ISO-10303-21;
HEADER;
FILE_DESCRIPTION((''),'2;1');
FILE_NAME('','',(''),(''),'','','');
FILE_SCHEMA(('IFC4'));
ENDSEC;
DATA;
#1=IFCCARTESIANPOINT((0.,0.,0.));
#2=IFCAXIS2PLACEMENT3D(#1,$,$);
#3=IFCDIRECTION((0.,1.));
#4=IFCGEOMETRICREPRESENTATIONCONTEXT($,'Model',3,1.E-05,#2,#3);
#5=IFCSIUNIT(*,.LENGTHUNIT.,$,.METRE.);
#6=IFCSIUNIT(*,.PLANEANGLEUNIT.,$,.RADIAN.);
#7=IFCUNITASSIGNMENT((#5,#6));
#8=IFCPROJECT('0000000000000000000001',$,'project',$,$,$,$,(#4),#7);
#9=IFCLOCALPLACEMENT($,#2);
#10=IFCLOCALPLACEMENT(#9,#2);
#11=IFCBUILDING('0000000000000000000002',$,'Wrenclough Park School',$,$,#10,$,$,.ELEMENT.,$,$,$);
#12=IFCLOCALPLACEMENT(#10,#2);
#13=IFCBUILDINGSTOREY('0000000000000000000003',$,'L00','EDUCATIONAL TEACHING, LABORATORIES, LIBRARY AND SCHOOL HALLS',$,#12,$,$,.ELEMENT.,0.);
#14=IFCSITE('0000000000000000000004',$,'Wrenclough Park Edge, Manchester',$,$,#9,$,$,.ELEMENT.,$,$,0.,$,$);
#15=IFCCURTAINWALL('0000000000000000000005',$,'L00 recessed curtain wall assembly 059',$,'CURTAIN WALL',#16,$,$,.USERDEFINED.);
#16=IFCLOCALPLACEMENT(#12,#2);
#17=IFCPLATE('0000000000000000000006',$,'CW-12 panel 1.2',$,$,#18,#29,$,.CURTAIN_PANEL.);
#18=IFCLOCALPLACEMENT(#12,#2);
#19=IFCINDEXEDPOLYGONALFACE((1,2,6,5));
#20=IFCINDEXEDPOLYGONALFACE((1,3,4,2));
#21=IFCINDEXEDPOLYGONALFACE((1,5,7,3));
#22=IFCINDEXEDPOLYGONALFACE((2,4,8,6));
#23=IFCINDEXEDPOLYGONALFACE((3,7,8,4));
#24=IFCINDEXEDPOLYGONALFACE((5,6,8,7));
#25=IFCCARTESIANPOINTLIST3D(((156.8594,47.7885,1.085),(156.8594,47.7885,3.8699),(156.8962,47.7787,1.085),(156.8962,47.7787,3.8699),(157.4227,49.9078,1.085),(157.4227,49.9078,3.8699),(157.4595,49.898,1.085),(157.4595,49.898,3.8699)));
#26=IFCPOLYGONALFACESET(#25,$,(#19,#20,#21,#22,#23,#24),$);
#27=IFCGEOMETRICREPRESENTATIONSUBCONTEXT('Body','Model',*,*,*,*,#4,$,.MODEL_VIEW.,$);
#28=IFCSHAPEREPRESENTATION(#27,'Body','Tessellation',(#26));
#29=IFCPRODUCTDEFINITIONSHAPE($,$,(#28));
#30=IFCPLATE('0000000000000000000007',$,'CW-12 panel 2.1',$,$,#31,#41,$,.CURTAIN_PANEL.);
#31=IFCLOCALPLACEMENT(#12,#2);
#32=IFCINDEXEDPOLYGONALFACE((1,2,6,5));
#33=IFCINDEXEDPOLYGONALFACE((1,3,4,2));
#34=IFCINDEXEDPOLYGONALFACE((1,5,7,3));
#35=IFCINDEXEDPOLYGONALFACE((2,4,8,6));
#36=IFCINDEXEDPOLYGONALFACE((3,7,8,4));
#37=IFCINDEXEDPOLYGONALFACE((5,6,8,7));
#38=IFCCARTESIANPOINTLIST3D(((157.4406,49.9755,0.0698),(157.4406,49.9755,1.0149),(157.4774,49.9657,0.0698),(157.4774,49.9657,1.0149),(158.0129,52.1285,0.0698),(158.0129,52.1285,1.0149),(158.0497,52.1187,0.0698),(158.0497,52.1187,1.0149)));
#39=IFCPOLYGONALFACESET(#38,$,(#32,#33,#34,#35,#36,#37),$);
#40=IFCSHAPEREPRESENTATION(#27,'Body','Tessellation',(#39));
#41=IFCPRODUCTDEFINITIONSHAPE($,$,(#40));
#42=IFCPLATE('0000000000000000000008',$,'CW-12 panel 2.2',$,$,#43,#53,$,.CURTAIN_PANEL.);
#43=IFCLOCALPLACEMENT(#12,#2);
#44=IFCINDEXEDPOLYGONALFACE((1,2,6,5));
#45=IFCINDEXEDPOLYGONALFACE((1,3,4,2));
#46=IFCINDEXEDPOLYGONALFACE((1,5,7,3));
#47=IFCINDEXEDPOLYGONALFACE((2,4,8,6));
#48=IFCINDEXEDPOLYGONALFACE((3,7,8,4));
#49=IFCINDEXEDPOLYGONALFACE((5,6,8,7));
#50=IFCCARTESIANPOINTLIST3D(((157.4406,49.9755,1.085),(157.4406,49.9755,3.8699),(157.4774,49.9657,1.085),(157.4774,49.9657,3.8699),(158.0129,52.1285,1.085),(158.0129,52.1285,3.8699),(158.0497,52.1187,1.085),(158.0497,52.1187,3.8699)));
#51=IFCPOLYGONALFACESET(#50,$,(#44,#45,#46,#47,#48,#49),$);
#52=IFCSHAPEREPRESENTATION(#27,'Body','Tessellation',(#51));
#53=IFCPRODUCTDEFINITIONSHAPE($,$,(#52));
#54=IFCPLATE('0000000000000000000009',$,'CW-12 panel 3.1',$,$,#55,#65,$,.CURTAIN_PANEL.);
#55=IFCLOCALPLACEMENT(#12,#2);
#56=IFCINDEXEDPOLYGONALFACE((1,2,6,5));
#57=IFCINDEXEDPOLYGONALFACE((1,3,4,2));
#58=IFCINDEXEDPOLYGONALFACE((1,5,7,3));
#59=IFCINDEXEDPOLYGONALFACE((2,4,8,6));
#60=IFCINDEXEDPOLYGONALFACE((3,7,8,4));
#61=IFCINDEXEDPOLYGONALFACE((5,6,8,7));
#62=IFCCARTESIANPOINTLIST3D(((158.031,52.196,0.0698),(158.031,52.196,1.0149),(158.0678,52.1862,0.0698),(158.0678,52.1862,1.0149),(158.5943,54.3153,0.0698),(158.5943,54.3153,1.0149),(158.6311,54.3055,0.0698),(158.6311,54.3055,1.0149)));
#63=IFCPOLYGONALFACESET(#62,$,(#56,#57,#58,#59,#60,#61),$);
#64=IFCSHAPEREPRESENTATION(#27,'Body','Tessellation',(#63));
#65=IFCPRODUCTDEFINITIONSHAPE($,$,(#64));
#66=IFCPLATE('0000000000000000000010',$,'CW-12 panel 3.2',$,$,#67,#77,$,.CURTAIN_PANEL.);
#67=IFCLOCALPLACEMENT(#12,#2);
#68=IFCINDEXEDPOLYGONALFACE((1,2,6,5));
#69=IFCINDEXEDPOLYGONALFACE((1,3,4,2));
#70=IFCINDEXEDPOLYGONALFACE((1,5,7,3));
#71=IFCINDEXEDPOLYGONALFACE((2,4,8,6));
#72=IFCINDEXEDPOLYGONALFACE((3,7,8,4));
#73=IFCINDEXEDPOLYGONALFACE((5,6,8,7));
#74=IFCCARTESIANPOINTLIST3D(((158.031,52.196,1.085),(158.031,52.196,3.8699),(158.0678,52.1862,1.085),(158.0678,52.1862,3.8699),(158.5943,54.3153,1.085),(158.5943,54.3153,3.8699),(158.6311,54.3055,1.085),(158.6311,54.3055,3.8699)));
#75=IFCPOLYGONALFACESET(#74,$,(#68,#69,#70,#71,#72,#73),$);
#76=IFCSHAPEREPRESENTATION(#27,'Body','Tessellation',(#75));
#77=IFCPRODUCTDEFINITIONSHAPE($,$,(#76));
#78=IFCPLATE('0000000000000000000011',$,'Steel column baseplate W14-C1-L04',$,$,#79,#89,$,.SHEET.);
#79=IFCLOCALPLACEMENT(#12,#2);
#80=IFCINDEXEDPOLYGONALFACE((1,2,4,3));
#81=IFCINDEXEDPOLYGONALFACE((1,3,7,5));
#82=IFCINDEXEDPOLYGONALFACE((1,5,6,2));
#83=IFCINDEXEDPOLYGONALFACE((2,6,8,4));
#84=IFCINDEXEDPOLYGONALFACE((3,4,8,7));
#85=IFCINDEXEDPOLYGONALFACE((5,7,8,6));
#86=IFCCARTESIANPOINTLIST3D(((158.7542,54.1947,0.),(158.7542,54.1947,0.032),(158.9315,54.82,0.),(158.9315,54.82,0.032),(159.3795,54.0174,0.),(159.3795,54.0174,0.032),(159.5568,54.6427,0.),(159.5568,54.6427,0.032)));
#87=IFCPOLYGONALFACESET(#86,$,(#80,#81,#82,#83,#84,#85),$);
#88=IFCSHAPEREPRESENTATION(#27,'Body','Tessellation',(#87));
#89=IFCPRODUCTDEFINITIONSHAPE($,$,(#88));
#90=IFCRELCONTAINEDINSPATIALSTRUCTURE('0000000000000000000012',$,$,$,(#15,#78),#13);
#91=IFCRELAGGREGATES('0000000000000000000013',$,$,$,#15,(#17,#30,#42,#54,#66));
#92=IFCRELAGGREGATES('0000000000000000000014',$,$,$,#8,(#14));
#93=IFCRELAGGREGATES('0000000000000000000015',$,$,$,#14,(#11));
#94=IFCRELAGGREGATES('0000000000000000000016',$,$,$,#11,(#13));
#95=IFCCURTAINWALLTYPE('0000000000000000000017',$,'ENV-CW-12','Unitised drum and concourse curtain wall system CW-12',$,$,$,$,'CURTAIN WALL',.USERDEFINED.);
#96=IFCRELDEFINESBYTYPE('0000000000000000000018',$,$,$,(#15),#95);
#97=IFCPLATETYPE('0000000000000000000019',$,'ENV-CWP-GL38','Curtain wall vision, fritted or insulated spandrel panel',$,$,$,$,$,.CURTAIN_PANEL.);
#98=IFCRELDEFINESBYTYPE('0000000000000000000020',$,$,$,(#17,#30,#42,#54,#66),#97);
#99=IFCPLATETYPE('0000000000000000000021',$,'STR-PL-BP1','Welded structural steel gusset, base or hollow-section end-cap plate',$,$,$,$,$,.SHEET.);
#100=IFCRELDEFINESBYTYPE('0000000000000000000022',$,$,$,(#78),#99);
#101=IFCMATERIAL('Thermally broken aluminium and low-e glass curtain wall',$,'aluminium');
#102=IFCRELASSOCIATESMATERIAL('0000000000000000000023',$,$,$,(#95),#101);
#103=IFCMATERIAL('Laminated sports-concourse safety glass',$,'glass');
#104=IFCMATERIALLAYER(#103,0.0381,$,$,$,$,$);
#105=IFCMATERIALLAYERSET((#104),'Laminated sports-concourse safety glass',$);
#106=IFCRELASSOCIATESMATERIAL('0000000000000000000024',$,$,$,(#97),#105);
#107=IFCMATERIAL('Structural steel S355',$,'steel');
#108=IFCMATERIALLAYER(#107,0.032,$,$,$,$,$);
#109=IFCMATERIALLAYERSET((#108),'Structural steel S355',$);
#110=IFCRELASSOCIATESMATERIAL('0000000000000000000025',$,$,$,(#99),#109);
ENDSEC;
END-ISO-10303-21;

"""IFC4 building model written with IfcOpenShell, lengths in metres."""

from ifc_helpers import new_model, si_unit, direction, frame, origin, origin_2d, place, context, subcontext, project, spatial, rectangle, extrude, material, layer, layer_set, type_object, element, aggregate, save


model = new_model("IFC4")

# Units and contexts
model_context = context("Model", 3, precision=1e-05, world=origin(), true_north=direction((0.0, 1.0)))
body_context = subcontext(model_context, "Body", "Model", "MODEL_VIEW")
ifc_project = project(units=[si_unit("LENGTHUNIT", "METRE"), si_unit("PLANEANGLEUNIT", "RADIAN")], contexts=[model_context])

# Site, building, storey
site_placement = place(None, origin())
site = spatial("IfcSite", under=ifc_project, at=site_placement, Name="Wrenclough Park Edge, Manchester", CompositionType="ELEMENT", RefElevation=0.0)
building_placement = place(site_placement, origin())
building = spatial("IfcBuilding", under=site, at=building_placement, Name="Wrenclough Park School", CompositionType="ELEMENT")
storey_placement = place(building_placement, origin())
storey = spatial("IfcBuildingStorey", under=building, at=storey_placement, Name="L00", Description="EDUCATIONAL TEACHING, LABORATORIES, LIBRARY AND SCHOOL HALLS", CompositionType="ELEMENT", Elevation=0.0)

# Shared definitions
ifc_material_1 = material(Name="Structural steel S355", Category="steel")

# Shared definitions
ifc_material_2 = material(Name="Thermally broken aluminium and low-e glass curtain wall", Category="aluminium")

# Curtain wall
curtain_wall_type_1 = type_object("IfcCurtainWallType", Name="ENV-CW-12", Description="Unitised drum and concourse curtain wall system CW-12", ElementType="CURTAIN WALL", PredefinedType="USERDEFINED", material=ifc_material_2)
curtain_wall_1_placement = place(storey_placement, origin())
curtain_wall_1 = element("IfcCurtainWall", 1, at=curtain_wall_1_placement, inside=storey, type_object=curtain_wall_type_1, Name="L00 recessed curtain wall assembly 059", ObjectType="CURTAIN WALL", PredefinedType="USERDEFINED")

# Plates
ifc_material_3 = material(Name="Laminated sports-concourse safety glass", Category="glass")
ifc_layer_1 = layer(ifc_material_3, 0.0381)
ifc_layer_set_1 = layer_set([ifc_layer_1], Name="Laminated sports-concourse safety glass")
plate_type_1 = type_object("IfcPlateType", Name="ENV-CWP-GL38", Description="Curtain wall vision, fritted or insulated spandrel panel", PredefinedType="CURTAIN_PANEL", material=ifc_layer_set_1)
plate_1_placement = place(storey_placement, frame((157.1594, 48.8433, 1.085), z_axis=(0.0, 0.0, 1.0), x_axis=(0.256896, 0.966439, 0.0)))
plate_1 = element("IfcPlate", 2, at=plate_1_placement, type_object=plate_type_1, Name="CW-12 panel 1.2", PredefinedType="CURTAIN_PANEL", context=body_context, shape_type="SweptSolid", body=[
    extrude(rectangle(XDim=2.1929, YDim=0.0381, at=origin_2d()), origin(), (0.0, 0.0, 1.0), 2.7849),
])
plate_2_placement = place(storey_placement, frame((157.7451, 51.0471, 0.0698), z_axis=(0.0, 0.0, 1.0), x_axis=(0.256896, 0.966439, 0.0)))
plate_2 = element("IfcPlate", 3, at=plate_2_placement, type_object=plate_type_1, Name="CW-12 panel 2.1", PredefinedType="CURTAIN_PANEL", context=body_context, shape_type="SweptSolid", body=[
    extrude(rectangle(XDim=2.2278, YDim=0.0381, at=origin_2d()), origin(), (0.0, 0.0, 1.0), 0.9451),
])
plate_3_placement = place(storey_placement, frame((157.7451, 51.0471, 1.085), z_axis=(0.0, 0.0, 1.0), x_axis=(0.256896, 0.966439, 0.0)))
plate_3 = element("IfcPlate", 4, at=plate_3_placement, type_object=plate_type_1, Name="CW-12 panel 2.2", PredefinedType="CURTAIN_PANEL", context=body_context, shape_type="SweptSolid", body=[
    extrude(rectangle(XDim=2.2278, YDim=0.0381, at=origin_2d()), origin(), (0.0, 0.0, 1.0), 2.7849),
])
plate_4_placement = place(storey_placement, frame((158.3311, 53.2507, 0.0698), z_axis=(0.0, 0.0, 1.0), x_axis=(0.256896, 0.966439, 0.0)))
plate_4 = element("IfcPlate", 5, at=plate_4_placement, type_object=plate_type_1, Name="CW-12 panel 3.1", PredefinedType="CURTAIN_PANEL", context=body_context, shape_type="SweptSolid", body=[
    extrude(rectangle(XDim=2.1929, YDim=0.0381, at=origin_2d()), origin(), (0.0, 0.0, 1.0), 0.9451),
])
plate_5_placement = place(storey_placement, frame((158.3311, 53.2507, 1.085), z_axis=(0.0, 0.0, 1.0), x_axis=(0.256896, 0.966439, 0.0)))
plate_5 = element("IfcPlate", 6, at=plate_5_placement, type_object=plate_type_1, Name="CW-12 panel 3.2", PredefinedType="CURTAIN_PANEL", context=body_context, shape_type="SweptSolid", body=[
    extrude(rectangle(XDim=2.1929, YDim=0.0381, at=origin_2d()), origin(), (0.0, 0.0, 1.0), 2.7849),
])
aggregate(curtain_wall_1, [plate_1, plate_2, plate_3, plate_4, plate_5])
ifc_layer_2 = layer(ifc_material_1, 0.032)
ifc_layer_set_2 = layer_set([ifc_layer_2], Name="Structural steel S355")
plate_type_2 = type_object("IfcPlateType", Name="STR-PL-BP1", Description="Welded structural steel gusset, base or hollow-section end-cap plate", PredefinedType="SHEET", material=ifc_layer_set_2)
plate_6_placement = place(storey_placement, frame((159.1555, 54.4187, 0.0), z_axis=(0.0, 0.0, 1.0), x_axis=(0.272784, 0.962075, 0.0)))
element("IfcPlate", 7, at=plate_6_placement, inside=storey, type_object=plate_type_2, Name="Steel column baseplate W14-C1-L04", PredefinedType="SHEET", context=body_context, shape_type="SweptSolid", body=[
    extrude(rectangle(XDim=0.6499, YDim=0.6499, at=origin_2d()), origin(), (0.0, 0.0, 1.0), 0.032),
])

save(model, "model.ifc")
